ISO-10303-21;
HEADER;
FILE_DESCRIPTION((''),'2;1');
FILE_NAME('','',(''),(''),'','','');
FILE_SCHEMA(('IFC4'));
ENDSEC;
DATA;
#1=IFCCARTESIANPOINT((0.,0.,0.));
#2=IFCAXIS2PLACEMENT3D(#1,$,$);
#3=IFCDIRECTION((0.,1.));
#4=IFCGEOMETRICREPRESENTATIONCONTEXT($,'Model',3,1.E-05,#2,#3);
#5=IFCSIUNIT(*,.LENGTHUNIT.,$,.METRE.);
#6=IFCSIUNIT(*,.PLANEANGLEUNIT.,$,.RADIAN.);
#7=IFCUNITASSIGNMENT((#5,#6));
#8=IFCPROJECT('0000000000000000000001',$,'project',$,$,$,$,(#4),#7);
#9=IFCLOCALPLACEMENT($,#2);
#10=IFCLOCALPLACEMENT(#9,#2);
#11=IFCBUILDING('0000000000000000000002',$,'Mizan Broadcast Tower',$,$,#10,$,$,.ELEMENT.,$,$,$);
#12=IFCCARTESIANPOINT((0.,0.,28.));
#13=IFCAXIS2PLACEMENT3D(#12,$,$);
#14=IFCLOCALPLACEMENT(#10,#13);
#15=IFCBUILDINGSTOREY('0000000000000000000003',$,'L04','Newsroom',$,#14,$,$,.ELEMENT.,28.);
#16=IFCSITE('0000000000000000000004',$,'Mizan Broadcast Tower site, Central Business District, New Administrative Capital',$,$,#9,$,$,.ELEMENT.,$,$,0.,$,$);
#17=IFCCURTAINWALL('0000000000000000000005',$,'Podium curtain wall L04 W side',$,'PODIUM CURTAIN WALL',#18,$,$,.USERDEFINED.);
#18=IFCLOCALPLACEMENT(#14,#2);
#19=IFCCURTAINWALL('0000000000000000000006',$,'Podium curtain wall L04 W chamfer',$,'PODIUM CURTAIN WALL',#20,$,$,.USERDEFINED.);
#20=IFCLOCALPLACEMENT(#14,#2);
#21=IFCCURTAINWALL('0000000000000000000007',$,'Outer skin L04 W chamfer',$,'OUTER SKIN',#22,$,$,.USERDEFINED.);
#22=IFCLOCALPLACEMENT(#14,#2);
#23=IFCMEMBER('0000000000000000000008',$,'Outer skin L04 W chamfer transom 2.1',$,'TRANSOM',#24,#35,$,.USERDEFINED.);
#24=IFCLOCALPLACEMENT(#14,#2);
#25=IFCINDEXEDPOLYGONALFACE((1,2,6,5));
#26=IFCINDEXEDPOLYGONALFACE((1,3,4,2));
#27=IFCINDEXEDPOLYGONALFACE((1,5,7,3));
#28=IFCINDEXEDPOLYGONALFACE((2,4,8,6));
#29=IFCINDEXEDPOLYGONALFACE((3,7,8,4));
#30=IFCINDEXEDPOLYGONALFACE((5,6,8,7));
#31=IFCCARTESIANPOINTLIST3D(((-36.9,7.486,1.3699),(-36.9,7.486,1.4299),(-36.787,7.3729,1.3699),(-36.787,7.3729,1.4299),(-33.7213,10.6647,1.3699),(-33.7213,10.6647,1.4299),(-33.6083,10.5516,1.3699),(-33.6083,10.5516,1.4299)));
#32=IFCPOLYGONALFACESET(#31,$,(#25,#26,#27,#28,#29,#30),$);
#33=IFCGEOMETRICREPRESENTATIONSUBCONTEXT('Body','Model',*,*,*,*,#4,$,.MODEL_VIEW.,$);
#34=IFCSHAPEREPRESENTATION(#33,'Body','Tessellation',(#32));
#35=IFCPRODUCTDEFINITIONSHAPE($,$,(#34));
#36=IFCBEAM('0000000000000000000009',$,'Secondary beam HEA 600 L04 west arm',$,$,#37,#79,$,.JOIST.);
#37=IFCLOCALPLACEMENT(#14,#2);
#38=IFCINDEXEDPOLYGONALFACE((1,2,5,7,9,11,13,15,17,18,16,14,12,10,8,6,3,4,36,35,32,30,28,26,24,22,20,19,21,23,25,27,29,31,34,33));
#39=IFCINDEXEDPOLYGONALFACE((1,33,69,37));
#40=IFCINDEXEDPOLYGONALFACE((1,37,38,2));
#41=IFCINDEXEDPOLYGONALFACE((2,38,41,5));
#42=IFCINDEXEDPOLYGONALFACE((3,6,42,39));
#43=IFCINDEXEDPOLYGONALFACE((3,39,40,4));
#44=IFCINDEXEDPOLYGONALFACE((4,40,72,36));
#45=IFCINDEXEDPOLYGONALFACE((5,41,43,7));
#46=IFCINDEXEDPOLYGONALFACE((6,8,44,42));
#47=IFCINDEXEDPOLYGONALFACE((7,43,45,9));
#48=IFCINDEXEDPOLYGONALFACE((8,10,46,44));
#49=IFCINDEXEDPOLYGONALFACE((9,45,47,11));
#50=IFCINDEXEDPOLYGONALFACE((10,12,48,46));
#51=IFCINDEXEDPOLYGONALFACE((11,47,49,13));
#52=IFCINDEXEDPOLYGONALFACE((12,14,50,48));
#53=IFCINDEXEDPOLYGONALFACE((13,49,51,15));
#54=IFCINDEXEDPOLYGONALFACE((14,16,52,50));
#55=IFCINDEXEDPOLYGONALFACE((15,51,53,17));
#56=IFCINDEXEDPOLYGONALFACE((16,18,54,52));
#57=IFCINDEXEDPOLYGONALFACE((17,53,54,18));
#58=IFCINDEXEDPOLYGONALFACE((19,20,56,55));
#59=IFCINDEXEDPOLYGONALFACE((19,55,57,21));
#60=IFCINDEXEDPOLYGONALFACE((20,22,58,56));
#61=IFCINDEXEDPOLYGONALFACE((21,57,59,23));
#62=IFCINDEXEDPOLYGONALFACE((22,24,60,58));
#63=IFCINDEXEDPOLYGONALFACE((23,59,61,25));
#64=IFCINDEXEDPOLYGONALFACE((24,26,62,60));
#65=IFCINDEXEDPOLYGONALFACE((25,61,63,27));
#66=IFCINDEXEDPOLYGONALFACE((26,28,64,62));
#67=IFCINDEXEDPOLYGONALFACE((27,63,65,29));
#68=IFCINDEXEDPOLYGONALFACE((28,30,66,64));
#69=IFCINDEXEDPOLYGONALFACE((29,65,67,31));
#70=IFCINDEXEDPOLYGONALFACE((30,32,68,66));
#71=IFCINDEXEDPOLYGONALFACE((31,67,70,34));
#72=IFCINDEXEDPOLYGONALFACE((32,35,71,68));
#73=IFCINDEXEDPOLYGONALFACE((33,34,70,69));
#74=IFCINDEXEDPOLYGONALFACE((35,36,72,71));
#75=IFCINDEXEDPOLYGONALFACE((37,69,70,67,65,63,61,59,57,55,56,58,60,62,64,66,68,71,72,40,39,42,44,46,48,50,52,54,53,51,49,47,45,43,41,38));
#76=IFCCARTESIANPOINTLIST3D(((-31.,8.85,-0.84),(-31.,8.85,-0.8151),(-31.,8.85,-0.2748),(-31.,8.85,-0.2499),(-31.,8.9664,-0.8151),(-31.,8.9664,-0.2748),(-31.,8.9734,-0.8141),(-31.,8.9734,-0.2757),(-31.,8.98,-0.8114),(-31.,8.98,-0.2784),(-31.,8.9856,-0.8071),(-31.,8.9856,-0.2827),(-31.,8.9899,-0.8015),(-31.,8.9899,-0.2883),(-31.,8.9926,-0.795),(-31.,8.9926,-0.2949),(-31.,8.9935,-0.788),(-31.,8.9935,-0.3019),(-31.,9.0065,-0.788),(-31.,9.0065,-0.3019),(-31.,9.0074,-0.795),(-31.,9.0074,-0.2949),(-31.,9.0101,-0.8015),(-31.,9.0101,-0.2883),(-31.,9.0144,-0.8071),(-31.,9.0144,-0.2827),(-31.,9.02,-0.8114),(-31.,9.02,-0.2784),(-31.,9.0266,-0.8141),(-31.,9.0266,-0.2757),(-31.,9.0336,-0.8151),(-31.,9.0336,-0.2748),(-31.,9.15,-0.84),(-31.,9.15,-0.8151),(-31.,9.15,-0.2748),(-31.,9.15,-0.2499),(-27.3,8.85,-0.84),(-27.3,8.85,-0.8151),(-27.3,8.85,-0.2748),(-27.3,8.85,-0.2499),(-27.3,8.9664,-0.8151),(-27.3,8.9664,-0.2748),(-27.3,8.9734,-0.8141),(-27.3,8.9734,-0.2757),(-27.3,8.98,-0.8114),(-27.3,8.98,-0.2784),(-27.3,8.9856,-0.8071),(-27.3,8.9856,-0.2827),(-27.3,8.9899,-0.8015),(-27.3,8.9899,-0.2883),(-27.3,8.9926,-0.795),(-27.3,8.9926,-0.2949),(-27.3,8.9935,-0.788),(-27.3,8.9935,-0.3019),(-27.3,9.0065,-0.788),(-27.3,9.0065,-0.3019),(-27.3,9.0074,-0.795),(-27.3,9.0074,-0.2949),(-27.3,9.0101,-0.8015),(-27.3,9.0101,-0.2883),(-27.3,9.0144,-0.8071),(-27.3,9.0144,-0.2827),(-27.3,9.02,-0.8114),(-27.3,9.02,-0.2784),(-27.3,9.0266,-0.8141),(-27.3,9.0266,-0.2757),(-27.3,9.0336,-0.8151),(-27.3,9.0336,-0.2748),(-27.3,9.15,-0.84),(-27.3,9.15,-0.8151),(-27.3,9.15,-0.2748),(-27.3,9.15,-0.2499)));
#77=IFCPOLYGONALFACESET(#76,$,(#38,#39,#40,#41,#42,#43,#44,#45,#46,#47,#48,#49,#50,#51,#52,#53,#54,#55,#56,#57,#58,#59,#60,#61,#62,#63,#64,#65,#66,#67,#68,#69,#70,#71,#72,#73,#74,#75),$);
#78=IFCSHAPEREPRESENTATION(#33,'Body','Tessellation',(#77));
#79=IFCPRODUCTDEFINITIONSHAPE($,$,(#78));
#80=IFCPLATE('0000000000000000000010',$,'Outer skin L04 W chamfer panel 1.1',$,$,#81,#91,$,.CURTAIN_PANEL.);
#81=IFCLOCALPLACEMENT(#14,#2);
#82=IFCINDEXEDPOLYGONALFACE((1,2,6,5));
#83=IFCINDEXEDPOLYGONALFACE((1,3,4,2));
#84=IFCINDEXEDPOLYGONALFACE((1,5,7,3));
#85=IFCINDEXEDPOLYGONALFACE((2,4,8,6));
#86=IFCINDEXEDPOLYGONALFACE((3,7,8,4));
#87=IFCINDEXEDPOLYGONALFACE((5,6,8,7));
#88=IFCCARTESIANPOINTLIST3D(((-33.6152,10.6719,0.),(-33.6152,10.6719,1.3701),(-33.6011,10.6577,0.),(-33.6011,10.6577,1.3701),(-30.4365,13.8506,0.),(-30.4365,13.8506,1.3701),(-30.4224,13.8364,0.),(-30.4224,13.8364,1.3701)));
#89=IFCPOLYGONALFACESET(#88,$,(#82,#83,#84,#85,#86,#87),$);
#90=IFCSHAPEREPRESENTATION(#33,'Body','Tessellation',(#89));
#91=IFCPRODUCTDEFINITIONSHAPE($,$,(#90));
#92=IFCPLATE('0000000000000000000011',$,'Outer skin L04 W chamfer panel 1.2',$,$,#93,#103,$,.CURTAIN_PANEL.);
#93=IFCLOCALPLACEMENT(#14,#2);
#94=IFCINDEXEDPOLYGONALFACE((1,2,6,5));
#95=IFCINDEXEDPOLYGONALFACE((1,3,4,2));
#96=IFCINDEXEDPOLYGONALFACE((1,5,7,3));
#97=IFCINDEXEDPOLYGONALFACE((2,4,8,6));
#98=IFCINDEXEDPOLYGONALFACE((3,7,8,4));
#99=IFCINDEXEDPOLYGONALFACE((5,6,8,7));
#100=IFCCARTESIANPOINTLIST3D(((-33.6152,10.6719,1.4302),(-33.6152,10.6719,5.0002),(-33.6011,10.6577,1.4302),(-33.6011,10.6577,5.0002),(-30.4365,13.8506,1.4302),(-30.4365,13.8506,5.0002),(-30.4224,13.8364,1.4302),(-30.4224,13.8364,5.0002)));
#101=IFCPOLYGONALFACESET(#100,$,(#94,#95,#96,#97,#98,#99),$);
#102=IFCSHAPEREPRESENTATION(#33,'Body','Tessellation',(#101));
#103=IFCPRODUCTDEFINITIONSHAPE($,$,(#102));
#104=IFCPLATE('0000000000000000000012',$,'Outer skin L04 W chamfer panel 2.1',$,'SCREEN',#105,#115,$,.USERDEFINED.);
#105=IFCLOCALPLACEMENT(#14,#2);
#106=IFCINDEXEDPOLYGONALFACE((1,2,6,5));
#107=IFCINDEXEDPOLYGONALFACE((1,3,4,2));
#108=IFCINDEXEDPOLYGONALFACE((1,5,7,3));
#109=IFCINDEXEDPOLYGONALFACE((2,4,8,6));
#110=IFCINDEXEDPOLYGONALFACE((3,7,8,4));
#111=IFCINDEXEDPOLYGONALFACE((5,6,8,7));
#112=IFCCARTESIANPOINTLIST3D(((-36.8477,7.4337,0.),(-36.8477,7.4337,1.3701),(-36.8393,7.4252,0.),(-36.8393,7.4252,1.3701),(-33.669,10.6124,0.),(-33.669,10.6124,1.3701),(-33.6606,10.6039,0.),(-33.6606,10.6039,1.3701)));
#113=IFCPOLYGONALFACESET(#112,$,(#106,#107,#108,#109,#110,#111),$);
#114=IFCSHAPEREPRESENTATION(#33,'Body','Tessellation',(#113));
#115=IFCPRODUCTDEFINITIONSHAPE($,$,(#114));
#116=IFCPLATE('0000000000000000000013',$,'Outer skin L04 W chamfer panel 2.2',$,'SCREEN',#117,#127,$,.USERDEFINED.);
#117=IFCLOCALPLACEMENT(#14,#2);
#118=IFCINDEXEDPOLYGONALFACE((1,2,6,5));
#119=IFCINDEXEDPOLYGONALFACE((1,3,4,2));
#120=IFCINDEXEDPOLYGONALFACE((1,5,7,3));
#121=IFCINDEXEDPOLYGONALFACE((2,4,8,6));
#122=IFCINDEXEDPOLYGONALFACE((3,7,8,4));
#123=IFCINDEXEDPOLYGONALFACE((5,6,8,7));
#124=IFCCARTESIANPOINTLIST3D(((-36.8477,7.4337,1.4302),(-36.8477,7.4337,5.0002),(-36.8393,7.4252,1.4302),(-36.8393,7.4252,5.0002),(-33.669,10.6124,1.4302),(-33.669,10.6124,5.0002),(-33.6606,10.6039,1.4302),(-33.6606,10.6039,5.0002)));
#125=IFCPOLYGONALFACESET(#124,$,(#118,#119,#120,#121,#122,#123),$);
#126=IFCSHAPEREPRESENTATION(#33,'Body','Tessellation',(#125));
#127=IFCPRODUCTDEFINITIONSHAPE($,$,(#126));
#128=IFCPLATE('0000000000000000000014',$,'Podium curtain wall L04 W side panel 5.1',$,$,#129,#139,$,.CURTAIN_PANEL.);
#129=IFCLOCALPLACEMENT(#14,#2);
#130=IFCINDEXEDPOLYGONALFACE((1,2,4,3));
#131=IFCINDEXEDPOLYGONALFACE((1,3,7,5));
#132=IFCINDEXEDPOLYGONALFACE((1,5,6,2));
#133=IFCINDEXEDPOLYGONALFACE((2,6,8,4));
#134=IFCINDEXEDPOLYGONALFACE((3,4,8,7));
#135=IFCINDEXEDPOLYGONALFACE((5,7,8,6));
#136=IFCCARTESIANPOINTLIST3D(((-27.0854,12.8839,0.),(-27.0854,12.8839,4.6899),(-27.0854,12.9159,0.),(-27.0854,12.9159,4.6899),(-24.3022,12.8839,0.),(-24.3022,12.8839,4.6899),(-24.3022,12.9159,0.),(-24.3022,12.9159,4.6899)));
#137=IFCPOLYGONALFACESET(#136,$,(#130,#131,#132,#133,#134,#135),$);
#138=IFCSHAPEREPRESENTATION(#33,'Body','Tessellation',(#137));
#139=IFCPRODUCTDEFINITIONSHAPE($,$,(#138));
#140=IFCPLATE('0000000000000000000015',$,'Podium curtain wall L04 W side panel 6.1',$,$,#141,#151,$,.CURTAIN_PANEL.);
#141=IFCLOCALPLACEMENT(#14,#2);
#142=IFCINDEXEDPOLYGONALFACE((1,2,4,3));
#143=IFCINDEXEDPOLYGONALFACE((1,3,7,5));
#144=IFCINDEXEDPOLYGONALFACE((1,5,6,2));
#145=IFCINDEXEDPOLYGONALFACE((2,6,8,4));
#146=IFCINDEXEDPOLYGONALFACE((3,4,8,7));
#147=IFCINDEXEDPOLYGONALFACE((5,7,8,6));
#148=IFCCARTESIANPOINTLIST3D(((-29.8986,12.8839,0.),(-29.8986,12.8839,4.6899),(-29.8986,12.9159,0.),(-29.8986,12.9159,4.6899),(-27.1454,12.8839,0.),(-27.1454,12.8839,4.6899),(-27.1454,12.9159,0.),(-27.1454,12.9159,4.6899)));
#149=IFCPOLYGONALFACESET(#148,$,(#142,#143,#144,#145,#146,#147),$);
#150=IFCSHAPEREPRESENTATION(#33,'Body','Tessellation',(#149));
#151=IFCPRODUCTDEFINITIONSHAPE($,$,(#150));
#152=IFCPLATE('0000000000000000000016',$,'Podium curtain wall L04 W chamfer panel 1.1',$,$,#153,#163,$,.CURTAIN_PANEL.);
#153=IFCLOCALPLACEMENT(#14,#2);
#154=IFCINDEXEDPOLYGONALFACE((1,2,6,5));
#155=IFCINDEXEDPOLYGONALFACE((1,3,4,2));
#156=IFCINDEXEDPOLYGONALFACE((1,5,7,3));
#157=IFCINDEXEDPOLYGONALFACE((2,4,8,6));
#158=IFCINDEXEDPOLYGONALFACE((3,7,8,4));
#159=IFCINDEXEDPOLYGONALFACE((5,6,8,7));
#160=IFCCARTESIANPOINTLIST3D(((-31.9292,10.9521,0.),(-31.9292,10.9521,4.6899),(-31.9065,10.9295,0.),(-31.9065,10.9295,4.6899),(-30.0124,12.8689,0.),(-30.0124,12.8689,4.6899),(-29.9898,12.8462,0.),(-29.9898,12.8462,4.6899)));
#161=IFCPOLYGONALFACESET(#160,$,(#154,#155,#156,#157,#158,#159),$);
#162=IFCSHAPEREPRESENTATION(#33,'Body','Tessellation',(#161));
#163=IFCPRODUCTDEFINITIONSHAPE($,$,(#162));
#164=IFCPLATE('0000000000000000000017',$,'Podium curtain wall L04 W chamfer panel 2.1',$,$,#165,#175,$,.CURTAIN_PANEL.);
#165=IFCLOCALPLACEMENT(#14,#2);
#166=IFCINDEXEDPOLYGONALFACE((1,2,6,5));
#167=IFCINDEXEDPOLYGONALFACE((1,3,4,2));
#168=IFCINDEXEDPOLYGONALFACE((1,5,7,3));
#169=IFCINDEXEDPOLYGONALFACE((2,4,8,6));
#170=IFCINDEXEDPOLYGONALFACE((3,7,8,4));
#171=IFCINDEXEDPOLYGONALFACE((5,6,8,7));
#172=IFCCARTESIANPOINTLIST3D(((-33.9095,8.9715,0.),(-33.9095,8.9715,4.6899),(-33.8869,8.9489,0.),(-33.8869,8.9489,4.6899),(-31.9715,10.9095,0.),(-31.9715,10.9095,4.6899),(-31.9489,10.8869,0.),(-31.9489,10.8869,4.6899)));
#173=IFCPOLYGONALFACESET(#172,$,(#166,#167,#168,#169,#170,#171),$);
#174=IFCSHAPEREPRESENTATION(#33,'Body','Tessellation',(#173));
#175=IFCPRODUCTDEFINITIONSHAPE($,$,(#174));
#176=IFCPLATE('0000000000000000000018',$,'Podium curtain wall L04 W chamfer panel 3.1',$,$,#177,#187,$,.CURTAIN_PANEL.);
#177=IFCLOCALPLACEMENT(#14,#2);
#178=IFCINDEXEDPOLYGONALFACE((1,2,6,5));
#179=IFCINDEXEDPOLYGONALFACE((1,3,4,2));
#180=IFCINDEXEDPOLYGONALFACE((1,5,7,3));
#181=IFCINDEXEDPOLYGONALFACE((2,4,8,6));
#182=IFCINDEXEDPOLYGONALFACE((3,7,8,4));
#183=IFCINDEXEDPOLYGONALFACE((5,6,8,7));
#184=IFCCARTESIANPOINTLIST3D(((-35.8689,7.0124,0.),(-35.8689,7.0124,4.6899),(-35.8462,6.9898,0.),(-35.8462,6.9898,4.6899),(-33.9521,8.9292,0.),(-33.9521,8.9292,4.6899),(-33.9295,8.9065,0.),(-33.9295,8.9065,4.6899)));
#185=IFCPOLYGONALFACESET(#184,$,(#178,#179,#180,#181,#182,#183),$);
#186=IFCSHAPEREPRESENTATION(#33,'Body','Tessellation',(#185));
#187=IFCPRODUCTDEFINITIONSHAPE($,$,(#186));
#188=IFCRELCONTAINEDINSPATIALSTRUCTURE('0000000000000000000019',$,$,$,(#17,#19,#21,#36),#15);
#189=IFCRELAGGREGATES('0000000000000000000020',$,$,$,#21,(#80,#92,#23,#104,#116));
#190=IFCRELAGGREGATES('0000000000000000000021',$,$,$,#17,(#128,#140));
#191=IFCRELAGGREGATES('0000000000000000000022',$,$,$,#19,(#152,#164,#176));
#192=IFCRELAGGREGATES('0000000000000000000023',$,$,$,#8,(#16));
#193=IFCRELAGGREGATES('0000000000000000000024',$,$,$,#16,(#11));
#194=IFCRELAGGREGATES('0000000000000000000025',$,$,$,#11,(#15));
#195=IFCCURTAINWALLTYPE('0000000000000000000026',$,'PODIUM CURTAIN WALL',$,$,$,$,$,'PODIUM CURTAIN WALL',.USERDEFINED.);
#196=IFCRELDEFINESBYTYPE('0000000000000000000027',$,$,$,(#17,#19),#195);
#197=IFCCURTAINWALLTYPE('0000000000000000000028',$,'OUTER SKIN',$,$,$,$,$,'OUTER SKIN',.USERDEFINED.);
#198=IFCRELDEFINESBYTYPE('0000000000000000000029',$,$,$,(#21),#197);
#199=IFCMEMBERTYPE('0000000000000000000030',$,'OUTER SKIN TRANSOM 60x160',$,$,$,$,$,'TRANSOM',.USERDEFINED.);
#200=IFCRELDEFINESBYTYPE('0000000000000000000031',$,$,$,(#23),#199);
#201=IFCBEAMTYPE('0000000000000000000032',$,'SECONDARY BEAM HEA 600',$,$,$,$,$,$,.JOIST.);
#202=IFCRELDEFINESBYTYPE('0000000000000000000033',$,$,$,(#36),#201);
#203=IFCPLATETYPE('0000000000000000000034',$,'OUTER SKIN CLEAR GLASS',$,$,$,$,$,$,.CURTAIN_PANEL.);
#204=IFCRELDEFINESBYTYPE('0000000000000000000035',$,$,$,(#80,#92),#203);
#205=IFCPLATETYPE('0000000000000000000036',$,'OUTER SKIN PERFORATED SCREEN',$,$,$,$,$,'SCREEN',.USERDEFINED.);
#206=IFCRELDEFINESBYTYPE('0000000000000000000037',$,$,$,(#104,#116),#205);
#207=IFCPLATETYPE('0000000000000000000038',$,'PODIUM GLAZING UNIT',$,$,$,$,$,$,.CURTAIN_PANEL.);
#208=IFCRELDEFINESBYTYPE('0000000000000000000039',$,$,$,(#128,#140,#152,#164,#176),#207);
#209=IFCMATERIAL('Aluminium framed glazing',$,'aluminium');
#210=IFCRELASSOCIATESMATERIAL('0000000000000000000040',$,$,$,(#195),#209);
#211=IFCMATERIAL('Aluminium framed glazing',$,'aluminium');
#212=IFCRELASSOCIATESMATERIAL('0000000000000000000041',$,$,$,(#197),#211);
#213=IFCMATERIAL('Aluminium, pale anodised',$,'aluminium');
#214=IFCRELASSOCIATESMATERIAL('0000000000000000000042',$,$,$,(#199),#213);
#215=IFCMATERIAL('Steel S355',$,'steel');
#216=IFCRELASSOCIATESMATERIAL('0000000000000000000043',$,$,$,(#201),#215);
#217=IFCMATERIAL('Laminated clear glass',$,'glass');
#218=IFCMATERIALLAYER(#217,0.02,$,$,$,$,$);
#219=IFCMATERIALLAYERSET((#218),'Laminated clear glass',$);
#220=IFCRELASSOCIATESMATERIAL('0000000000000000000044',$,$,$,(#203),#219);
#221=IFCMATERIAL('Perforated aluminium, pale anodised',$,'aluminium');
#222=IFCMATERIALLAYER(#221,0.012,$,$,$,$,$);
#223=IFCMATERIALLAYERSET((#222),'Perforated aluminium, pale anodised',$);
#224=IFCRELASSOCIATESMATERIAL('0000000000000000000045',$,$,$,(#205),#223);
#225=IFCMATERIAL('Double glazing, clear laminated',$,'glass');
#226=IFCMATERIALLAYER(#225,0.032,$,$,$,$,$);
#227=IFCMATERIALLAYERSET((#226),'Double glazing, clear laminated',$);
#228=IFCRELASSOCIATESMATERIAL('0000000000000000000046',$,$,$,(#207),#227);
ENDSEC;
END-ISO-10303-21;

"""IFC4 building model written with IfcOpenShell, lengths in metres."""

from ifc_helpers import new_model, si_unit, direction, frame, origin, origin_2d, place, context, subcontext, project, spatial, rectangle, i_section, extrude, material, layer, layer_set, material_profile, profile_set, type_object, element, aggregate, save


model = new_model("IFC4")

# Units and contexts
model_context = context("Model", 3, precision=1e-05, world=origin(), true_north=direction((0.0, 1.0)))
body_context = subcontext(model_context, "Body", "Model", "MODEL_VIEW")
ifc_project = project(units=[si_unit("LENGTHUNIT", "METRE"), si_unit("PLANEANGLEUNIT", "RADIAN")], contexts=[model_context])

# Site, building, storey
site_placement = place(None, origin())
site = spatial("IfcSite", under=ifc_project, at=site_placement, Name="Mizan Broadcast Tower site, Central Business District, New Administrative Capital", CompositionType="ELEMENT", RefElevation=0.0)
building_placement = place(site_placement, origin())
building = spatial("IfcBuilding", under=site, at=building_placement, Name="Mizan Broadcast Tower", CompositionType="ELEMENT")
storey_placement = place(building_placement, frame((0.0, 0.0, 28.0)))
storey = spatial("IfcBuildingStorey", under=building, at=storey_placement, Name="L04", Description="Newsroom", CompositionType="ELEMENT", Elevation=28.0)

# Curtain walls
ifc_material_1 = material(Name="Aluminium framed glazing", Category="aluminium")
curtain_wall_type_1 = type_object("IfcCurtainWallType", Name="PODIUM CURTAIN WALL", ElementType="PODIUM CURTAIN WALL", PredefinedType="USERDEFINED", material=ifc_material_1)
curtain_wall_1_placement = place(storey_placement, origin())
curtain_wall_1 = element("IfcCurtainWall", 1, at=curtain_wall_1_placement, inside=storey, type_object=curtain_wall_type_1, Name="Podium curtain wall L04 W side", ObjectType="PODIUM CURTAIN WALL", PredefinedType="USERDEFINED")
curtain_wall_2_placement = place(storey_placement, origin())
curtain_wall_2 = element("IfcCurtainWall", 2, at=curtain_wall_2_placement, inside=storey, type_object=curtain_wall_type_1, Name="Podium curtain wall L04 W chamfer", ObjectType="PODIUM CURTAIN WALL", PredefinedType="USERDEFINED")

# Curtain wall, member
ifc_material_2 = material(Name="Aluminium framed glazing", Category="aluminium")
curtain_wall_type_2 = type_object("IfcCurtainWallType", Name="OUTER SKIN", ElementType="OUTER SKIN", PredefinedType="USERDEFINED", material=ifc_material_2)
curtain_wall_3_placement = place(storey_placement, origin())
curtain_wall_3 = element("IfcCurtainWall", 3, at=curtain_wall_3_placement, inside=storey, type_object=curtain_wall_type_2, Name="Outer skin L04 W chamfer", ObjectType="OUTER SKIN", PredefinedType="USERDEFINED")
ifc_material_3 = material(Name="Aluminium, pale anodised", Category="aluminium")
ifc_material_profile_1 = material_profile(ifc_material_3, rectangle(XDim=0.1599, YDim=0.0601, at=origin_2d()), Name="TRANSOM 160x60")
ifc_profile_set_1 = profile_set([ifc_material_profile_1], Name="Aluminium, pale anodised")
member_type_1 = type_object("IfcMemberType", Name="OUTER SKIN TRANSOM 60x160", ElementType="TRANSOM", PredefinedType="USERDEFINED", material=ifc_profile_set_1)
member_1_placement = place(storey_placement, frame((-33.6648, 10.6082, 1.3999), z_axis=(-0.707107, -0.707107, 0.0), x_axis=(0.707107, -0.707107, 0.0)))
member_1 = element("IfcMember", 4, at=member_1_placement, type_object=member_type_1, Name="Outer skin L04 W chamfer transom 2.1", ObjectType="TRANSOM", PredefinedType="USERDEFINED", context=body_context, shape_type="SweptSolid", body=[
    extrude(rectangle(XDim=0.1599, YDim=0.0601, at=origin_2d()), origin(), (0.0, 0.0, 1.0), 4.4954),
])

# Beam
ifc_material_4 = material(Name="Steel S355", Category="steel")
ifc_material_profile_2 = material_profile(ifc_material_4, i_section(OverallWidth=0.3, OverallDepth=0.5901, WebThickness=0.0129, FlangeThickness=0.0249, FilletRadius=0.0271, at=origin_2d()), Name="HEA 600")
ifc_profile_set_2 = profile_set([ifc_material_profile_2], Name="Steel S355")
beam_type_1 = type_object("IfcBeamType", Name="SECONDARY BEAM HEA 600", PredefinedType="JOIST", material=ifc_profile_set_2)
beam_1_placement = place(storey_placement, frame((-27.3, 9.0, -0.5449), z_axis=(-1.0, 0.0, 0.0), x_axis=(0.0, -1.0, 0.0)))
element("IfcBeam", 5, at=beam_1_placement, inside=storey, type_object=beam_type_1, Name="Secondary beam HEA 600 L04 west arm", PredefinedType="JOIST", context=body_context, shape_type="SweptSolid", body=[
    extrude(i_section(OverallWidth=0.3, OverallDepth=0.5901, WebThickness=0.0129, FlangeThickness=0.0249, FilletRadius=0.0271, at=origin_2d()), origin(), (0.0, 0.0, 1.0), 3.7),
])

# Plates
ifc_material_5 = material(Name="Laminated clear glass", Category="glass")
ifc_layer_1 = layer(ifc_material_5, 0.02)
ifc_layer_set_1 = layer_set([ifc_layer_1], Name="Laminated clear glass")
plate_type_1 = type_object("IfcPlateType", Name="OUTER SKIN CLEAR GLASS", PredefinedType="CURTAIN_PANEL", material=ifc_layer_set_1)
plate_1_placement = place(storey_placement, frame((-32.0188, 12.2542, 0.0), z_axis=(0.0, 0.0, 1.0), x_axis=(-0.707107, -0.707107, 0.0)))
plate_1 = element("IfcPlate", 6, at=plate_1_placement, type_object=plate_type_1, Name="Outer skin L04 W chamfer panel 1.1", PredefinedType="CURTAIN_PANEL", context=body_context, shape_type="SweptSolid", body=[
    extrude(rectangle(XDim=4.4954, YDim=0.02, at=origin_2d()), origin(), (0.0, 0.0, 1.0), 1.3701),
])
plate_2_placement = place(storey_placement, frame((-32.0188, 12.2542, 1.4302), z_axis=(0.0, 0.0, 1.0), x_axis=(-0.707107, -0.707107, 0.0)))
plate_2 = element("IfcPlate", 7, at=plate_2_placement, type_object=plate_type_1, Name="Outer skin L04 W chamfer panel 1.2", PredefinedType="CURTAIN_PANEL", context=body_context, shape_type="SweptSolid", body=[
    extrude(rectangle(XDim=4.4954, YDim=0.02, at=origin_2d()), origin(), (0.0, 0.0, 1.0), 3.5701),
])
ifc_material_6 = material(Name="Perforated aluminium, pale anodised", Category="aluminium")
ifc_layer_2 = layer(ifc_material_6, 0.012)
ifc_layer_set_2 = layer_set([ifc_layer_2], Name="Perforated aluminium, pale anodised")
plate_type_2 = type_object("IfcPlateType", Name="OUTER SKIN PERFORATED SCREEN", ElementType="SCREEN", PredefinedType="USERDEFINED", material=ifc_layer_set_2)
plate_3_placement = place(storey_placement, frame((-35.2542, 9.0188, 0.0), z_axis=(0.0, 0.0, 1.0), x_axis=(-0.707107, -0.707107, 0.0)))
plate_3 = element("IfcPlate", 8, at=plate_3_placement, type_object=plate_type_2, Name="Outer skin L04 W chamfer panel 2.1", ObjectType="SCREEN", PredefinedType="USERDEFINED", context=body_context, shape_type="SweptSolid", body=[
    extrude(rectangle(XDim=4.4954, YDim=0.012, at=origin_2d()), origin(), (0.0, 0.0, 1.0), 1.3701),
])
plate_4_placement = place(storey_placement, frame((-35.2542, 9.0188, 1.4302), z_axis=(0.0, 0.0, 1.0), x_axis=(-0.707107, -0.707107, 0.0)))
plate_4 = element("IfcPlate", 9, at=plate_4_placement, type_object=plate_type_2, Name="Outer skin L04 W chamfer panel 2.2", ObjectType="SCREEN", PredefinedType="USERDEFINED", context=body_context, shape_type="SweptSolid", body=[
    extrude(rectangle(XDim=4.4954, YDim=0.012, at=origin_2d()), origin(), (0.0, 0.0, 1.0), 3.5701),
])
aggregate(curtain_wall_3, [plate_1, plate_2, member_1, plate_3, plate_4])
ifc_material_7 = material(Name="Double glazing, clear laminated", Category="glass")
ifc_layer_3 = layer(ifc_material_7, 0.032)
ifc_layer_set_3 = layer_set([ifc_layer_3], Name="Double glazing, clear laminated")
plate_type_3 = type_object("IfcPlateType", Name="PODIUM GLAZING UNIT", PredefinedType="CURTAIN_PANEL", material=ifc_layer_set_3)
plate_5_placement = place(storey_placement, frame((-25.6938, 12.8999, 0.0), z_axis=(0.0, 0.0, 1.0), x_axis=(-1.0, 0.0, 0.0)))
plate_5 = element("IfcPlate", 10, at=plate_5_placement, type_object=plate_type_3, Name="Podium curtain wall L04 W side panel 5.1", PredefinedType="CURTAIN_PANEL", context=body_context, shape_type="SweptSolid", body=[
    extrude(rectangle(XDim=2.7832, YDim=0.032, at=origin_2d()), origin(), (0.0, 0.0, 1.0), 4.6899),
])
plate_6_placement = place(storey_placement, frame((-28.522, 12.8999, 0.0), z_axis=(0.0, 0.0, 1.0), x_axis=(-1.0, 0.0, 0.0)))
plate_6 = element("IfcPlate", 11, at=plate_6_placement, type_object=plate_type_3, Name="Podium curtain wall L04 W side panel 6.1", PredefinedType="CURTAIN_PANEL", context=body_context, shape_type="SweptSolid", body=[
    extrude(rectangle(XDim=2.7532, YDim=0.032, at=origin_2d()), origin(), (0.0, 0.0, 1.0), 4.6899),
])
aggregate(curtain_wall_1, [plate_5, plate_6])
plate_7_placement = place(storey_placement, frame((-30.9595, 11.8992, 0.0), z_axis=(0.0, 0.0, 1.0), x_axis=(-0.707107, -0.707107, 0.0)))
plate_7 = element("IfcPlate", 12, at=plate_7_placement, type_object=plate_type_3, Name="Podium curtain wall L04 W chamfer panel 1.1", PredefinedType="CURTAIN_PANEL", context=body_context, shape_type="SweptSolid", body=[
    extrude(rectangle(XDim=2.7107, YDim=0.032, at=origin_2d()), origin(), (0.0, 0.0, 1.0), 4.6899),
])
plate_8_placement = place(storey_placement, frame((-32.9292, 9.9292, 0.0), z_axis=(0.0, 0.0, 1.0), x_axis=(-0.707107, -0.707107, 0.0)))
plate_8 = element("IfcPlate", 13, at=plate_8_placement, type_object=plate_type_3, Name="Podium curtain wall L04 W chamfer panel 2.1", PredefinedType="CURTAIN_PANEL", context=body_context, shape_type="SweptSolid", body=[
    extrude(rectangle(XDim=2.7407, YDim=0.032, at=origin_2d()), origin(), (0.0, 0.0, 1.0), 4.6899),
])
plate_9_placement = place(storey_placement, frame((-34.8992, 7.9595, 0.0), z_axis=(0.0, 0.0, 1.0), x_axis=(-0.707107, -0.707107, 0.0)))
plate_9 = element("IfcPlate", 14, at=plate_9_placement, type_object=plate_type_3, Name="Podium curtain wall L04 W chamfer panel 3.1", PredefinedType="CURTAIN_PANEL", context=body_context, shape_type="SweptSolid", body=[
    extrude(rectangle(XDim=2.7107, YDim=0.032, at=origin_2d()), origin(), (0.0, 0.0, 1.0), 4.6899),
])
aggregate(curtain_wall_2, [plate_7, plate_8, plate_9])

save(model, "model.ifc")
